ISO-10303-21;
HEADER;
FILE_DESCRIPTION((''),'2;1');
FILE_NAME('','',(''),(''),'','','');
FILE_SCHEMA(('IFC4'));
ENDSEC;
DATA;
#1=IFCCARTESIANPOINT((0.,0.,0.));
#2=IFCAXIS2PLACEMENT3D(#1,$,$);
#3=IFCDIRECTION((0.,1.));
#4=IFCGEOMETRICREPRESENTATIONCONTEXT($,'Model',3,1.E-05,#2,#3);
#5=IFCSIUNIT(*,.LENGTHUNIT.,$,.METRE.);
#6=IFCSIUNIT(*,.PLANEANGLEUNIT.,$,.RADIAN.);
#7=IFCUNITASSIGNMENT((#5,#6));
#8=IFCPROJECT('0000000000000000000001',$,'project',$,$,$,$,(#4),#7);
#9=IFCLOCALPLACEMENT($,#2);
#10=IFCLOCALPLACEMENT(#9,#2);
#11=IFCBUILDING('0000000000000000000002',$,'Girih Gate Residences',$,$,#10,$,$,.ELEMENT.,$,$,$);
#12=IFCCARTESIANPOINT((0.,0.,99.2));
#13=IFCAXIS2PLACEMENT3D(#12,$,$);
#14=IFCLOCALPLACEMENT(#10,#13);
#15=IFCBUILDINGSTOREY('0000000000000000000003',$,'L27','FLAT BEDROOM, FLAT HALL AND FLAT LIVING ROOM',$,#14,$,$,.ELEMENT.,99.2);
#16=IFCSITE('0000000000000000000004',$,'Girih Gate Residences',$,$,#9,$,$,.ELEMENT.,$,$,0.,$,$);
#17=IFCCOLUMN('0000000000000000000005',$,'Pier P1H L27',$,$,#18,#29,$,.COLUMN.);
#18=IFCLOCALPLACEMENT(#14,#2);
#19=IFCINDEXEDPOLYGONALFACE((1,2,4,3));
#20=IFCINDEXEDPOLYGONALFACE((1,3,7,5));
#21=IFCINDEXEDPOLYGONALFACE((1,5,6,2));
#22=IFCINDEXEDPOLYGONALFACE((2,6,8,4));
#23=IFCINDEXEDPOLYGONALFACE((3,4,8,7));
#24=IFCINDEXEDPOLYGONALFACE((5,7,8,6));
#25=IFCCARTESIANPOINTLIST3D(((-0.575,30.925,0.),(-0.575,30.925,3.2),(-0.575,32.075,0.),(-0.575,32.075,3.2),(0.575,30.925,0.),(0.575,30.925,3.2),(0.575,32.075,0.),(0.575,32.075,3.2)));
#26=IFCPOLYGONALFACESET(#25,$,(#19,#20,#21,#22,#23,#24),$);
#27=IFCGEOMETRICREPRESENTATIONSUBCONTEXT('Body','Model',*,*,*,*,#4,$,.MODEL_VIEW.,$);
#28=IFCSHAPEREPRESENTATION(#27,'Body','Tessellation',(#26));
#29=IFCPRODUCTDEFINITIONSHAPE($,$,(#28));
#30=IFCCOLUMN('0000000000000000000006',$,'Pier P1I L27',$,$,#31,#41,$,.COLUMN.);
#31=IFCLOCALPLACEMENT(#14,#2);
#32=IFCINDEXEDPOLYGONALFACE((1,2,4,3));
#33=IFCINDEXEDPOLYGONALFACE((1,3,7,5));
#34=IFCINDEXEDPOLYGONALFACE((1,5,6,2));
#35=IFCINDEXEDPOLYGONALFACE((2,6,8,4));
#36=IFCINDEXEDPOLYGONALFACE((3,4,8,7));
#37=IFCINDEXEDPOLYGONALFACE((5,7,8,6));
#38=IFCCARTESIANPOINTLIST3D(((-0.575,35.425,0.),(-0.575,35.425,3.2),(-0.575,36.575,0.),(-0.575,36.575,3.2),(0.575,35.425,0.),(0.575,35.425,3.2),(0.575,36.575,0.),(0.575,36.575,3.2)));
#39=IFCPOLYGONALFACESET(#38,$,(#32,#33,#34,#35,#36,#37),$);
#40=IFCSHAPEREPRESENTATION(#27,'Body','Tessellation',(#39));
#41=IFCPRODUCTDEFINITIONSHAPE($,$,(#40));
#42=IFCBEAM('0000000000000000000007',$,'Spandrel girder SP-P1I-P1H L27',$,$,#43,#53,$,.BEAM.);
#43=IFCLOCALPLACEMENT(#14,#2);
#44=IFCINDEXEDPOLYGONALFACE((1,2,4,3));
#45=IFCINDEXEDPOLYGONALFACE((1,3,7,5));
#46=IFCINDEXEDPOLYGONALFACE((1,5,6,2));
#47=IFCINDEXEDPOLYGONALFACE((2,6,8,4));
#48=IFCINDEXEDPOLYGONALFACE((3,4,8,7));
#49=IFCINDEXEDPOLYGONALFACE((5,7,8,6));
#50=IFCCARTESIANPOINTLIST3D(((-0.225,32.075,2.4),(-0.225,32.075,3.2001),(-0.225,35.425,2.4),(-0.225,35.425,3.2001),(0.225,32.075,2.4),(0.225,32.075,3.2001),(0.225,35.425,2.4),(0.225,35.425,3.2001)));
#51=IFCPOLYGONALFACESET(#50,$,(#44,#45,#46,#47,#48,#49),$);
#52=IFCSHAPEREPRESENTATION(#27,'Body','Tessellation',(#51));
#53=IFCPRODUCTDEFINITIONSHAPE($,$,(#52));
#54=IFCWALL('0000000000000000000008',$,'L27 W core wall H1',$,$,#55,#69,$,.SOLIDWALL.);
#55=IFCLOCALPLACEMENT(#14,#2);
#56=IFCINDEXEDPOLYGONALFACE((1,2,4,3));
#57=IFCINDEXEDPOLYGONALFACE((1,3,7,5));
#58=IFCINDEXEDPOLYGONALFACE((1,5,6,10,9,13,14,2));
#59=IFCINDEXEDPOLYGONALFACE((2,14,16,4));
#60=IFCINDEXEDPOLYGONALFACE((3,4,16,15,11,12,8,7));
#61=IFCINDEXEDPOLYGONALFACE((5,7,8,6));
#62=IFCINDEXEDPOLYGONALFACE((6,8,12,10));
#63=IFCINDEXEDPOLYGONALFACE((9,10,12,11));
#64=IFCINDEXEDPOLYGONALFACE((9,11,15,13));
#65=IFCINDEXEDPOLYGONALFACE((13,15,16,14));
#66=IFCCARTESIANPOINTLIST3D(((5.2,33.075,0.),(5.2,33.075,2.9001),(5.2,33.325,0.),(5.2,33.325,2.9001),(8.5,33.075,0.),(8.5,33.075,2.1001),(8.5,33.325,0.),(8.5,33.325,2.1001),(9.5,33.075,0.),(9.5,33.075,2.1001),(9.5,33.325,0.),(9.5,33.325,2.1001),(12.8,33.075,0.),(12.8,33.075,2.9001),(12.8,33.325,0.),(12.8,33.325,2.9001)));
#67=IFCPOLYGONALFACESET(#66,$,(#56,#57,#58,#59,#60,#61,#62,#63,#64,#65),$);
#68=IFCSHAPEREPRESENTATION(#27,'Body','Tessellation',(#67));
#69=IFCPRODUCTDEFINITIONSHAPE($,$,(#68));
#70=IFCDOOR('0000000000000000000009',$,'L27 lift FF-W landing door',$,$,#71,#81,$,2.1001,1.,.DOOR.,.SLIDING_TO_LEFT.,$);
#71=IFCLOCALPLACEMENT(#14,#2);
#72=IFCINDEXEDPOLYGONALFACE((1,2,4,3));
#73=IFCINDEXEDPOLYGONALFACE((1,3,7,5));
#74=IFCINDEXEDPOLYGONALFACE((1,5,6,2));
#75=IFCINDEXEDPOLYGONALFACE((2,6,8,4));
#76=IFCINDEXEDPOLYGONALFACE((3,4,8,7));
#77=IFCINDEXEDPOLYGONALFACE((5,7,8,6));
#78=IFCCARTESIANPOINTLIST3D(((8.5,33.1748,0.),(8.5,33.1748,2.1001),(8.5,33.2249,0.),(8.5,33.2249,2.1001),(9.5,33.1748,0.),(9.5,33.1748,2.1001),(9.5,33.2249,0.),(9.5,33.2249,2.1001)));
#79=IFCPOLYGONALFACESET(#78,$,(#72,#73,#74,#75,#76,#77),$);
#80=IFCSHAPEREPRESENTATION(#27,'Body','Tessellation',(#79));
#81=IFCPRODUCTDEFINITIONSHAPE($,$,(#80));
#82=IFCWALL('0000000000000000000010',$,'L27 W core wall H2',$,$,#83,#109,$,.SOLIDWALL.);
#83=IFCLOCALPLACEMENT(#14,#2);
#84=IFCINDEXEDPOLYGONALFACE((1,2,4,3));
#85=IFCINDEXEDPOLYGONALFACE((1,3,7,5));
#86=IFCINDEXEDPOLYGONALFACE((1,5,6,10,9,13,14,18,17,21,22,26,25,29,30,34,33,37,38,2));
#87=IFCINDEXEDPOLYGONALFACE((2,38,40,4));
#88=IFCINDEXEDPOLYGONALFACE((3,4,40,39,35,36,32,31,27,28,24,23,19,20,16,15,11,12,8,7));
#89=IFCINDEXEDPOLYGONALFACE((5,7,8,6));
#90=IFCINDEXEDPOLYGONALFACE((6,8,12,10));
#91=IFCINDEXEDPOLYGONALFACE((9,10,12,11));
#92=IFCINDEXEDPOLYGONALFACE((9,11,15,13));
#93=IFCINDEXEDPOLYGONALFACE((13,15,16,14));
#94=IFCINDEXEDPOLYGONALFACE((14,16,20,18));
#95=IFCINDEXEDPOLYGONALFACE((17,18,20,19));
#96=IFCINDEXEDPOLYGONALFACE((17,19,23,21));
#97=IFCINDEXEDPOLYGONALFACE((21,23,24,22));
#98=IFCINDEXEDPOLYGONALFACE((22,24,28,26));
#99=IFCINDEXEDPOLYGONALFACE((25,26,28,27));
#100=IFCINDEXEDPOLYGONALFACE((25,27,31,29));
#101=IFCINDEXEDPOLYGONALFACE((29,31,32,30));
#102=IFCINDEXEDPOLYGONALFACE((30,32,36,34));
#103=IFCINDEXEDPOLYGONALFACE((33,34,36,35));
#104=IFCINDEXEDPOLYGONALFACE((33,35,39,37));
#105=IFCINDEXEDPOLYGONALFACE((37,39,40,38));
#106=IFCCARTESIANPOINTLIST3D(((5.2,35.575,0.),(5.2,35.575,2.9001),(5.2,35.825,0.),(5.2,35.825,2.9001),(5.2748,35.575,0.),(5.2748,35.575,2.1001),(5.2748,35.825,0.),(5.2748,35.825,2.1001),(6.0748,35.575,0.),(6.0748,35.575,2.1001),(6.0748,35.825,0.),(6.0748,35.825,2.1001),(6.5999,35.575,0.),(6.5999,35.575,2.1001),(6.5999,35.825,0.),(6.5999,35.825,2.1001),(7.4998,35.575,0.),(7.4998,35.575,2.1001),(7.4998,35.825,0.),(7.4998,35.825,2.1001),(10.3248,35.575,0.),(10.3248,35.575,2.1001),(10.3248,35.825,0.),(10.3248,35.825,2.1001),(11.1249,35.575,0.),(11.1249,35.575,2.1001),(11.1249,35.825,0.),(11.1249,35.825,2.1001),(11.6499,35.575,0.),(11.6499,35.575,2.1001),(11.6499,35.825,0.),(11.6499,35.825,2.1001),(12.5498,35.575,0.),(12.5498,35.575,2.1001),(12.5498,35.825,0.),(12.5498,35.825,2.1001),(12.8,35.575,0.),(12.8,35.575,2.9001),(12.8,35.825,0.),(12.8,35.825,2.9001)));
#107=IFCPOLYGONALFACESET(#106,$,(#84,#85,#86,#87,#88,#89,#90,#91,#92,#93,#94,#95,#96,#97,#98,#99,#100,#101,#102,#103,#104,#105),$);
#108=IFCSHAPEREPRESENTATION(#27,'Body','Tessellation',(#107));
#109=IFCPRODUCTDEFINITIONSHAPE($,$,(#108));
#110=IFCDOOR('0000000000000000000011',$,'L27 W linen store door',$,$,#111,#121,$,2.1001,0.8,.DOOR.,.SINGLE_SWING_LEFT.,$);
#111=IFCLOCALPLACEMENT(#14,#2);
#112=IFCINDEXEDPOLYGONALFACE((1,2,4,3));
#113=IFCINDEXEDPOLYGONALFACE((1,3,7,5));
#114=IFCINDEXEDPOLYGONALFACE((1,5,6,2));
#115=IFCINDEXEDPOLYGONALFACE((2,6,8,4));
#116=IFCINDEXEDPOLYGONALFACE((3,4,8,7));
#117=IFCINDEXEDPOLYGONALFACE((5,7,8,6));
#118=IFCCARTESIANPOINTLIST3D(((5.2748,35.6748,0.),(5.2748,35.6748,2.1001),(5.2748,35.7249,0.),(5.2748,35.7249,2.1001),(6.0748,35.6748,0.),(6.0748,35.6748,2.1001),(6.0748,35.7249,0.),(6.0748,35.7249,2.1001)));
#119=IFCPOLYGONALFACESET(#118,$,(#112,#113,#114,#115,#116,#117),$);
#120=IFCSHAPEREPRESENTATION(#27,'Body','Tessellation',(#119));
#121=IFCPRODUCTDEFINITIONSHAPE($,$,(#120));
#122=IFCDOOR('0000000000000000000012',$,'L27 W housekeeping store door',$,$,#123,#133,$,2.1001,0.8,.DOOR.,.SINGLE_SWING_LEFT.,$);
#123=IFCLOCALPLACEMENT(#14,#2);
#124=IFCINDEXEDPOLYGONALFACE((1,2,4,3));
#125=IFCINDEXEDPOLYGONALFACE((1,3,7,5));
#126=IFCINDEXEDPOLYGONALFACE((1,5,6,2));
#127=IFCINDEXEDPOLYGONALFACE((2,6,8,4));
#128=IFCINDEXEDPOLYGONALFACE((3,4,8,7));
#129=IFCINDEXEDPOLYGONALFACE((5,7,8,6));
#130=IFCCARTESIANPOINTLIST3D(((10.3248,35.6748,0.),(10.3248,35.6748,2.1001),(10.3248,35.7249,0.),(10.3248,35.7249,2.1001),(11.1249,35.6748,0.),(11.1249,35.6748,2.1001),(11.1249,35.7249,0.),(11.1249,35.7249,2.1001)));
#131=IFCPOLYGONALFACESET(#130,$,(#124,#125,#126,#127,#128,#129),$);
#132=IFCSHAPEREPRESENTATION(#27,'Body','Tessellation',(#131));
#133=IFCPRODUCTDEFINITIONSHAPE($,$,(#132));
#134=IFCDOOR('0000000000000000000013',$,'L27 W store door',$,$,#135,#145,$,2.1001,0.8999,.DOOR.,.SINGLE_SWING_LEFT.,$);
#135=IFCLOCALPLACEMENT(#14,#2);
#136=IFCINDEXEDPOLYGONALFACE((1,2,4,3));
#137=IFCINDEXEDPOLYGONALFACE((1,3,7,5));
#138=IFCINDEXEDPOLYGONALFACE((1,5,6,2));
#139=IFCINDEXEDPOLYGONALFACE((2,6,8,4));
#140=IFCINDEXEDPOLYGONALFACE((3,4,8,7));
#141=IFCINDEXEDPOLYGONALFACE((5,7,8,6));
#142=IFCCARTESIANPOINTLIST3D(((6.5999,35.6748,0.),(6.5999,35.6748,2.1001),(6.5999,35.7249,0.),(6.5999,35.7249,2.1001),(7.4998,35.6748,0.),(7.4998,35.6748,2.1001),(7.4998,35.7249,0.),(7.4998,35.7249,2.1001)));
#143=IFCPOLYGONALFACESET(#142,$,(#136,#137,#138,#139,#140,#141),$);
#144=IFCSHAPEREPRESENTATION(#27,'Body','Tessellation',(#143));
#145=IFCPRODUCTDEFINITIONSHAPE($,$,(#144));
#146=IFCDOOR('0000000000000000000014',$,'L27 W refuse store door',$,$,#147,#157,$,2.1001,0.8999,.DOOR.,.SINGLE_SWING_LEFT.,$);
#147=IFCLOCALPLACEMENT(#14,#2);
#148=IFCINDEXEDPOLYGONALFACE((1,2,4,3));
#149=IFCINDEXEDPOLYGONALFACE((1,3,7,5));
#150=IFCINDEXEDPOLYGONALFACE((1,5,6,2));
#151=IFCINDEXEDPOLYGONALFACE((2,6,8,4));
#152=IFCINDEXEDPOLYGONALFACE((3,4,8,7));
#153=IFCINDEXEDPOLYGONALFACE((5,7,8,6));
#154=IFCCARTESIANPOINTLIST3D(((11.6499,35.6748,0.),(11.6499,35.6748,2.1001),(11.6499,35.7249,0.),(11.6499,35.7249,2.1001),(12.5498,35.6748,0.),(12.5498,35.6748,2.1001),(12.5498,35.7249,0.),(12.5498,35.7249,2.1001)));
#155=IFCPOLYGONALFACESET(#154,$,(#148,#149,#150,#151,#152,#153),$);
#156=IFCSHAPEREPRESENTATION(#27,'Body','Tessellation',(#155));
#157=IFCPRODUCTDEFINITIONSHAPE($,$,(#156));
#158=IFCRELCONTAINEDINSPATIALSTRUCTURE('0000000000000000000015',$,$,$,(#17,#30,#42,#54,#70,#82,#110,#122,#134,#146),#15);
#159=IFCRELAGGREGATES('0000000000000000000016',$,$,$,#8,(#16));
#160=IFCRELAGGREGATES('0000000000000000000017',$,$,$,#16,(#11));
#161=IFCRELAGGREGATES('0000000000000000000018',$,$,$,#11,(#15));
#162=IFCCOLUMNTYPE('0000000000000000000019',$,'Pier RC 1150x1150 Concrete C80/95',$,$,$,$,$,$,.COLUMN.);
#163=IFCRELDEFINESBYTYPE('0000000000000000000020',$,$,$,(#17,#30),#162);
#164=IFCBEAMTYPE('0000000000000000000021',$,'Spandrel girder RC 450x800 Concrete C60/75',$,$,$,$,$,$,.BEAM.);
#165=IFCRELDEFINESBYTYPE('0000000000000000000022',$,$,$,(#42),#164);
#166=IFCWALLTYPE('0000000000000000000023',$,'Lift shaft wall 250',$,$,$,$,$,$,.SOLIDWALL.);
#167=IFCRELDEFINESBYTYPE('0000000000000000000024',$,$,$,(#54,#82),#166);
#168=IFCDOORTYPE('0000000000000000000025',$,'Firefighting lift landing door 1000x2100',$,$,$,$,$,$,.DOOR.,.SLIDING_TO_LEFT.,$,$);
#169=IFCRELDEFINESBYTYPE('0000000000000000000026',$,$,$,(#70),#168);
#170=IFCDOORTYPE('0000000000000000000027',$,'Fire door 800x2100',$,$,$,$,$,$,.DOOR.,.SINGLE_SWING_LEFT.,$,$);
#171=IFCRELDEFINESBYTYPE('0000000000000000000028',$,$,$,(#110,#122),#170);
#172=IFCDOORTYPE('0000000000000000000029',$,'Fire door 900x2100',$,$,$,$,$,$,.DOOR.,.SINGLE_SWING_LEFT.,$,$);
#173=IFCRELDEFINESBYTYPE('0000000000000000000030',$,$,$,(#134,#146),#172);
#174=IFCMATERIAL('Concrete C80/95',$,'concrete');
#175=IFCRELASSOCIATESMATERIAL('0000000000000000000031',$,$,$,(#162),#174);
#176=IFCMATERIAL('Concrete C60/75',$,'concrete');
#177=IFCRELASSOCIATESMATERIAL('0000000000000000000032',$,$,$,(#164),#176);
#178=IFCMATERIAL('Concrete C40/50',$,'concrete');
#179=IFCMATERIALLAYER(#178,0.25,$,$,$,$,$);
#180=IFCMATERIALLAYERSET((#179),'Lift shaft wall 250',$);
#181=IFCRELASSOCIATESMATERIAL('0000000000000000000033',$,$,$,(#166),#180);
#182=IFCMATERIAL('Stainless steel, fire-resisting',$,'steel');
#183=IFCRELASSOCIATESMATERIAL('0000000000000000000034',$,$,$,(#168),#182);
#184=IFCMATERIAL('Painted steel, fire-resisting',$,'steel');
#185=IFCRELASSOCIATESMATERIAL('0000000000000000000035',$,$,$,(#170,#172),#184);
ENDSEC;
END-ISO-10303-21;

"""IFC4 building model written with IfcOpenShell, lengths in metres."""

from ifc_helpers import new_model, si_unit, direction, frame, frame_2d, origin, origin_2d, place, context, subcontext, project, spatial, rectangle, extrude, material, layer, layer_set, material_profile, profile_set, type_object, element, fill, save


model = new_model("IFC4")

# Units and contexts
model_context = context("Model", 3, precision=1e-05, world=origin(), true_north=direction((0.0, 1.0)))
body_context = subcontext(model_context, "Body", "Model", "MODEL_VIEW")
ifc_project = project(units=[si_unit("LENGTHUNIT", "METRE"), si_unit("PLANEANGLEUNIT", "RADIAN")], contexts=[model_context])

# Site, building, storey
site_placement = place(None, origin())
site = spatial("IfcSite", under=ifc_project, at=site_placement, Name="Girih Gate Residences", CompositionType="ELEMENT", RefElevation=0.0)
building_placement = place(site_placement, origin())
building = spatial("IfcBuilding", under=site, at=building_placement, Name="Girih Gate Residences", CompositionType="ELEMENT")
storey_placement = place(building_placement, frame((0.0, 0.0, 99.2)))
storey = spatial("IfcBuildingStorey", under=building, at=storey_placement, Name="L27", Description="FLAT BEDROOM, FLAT HALL AND FLAT LIVING ROOM", CompositionType="ELEMENT", Elevation=99.2)

# Columns
ifc_material_1 = material(Name="Concrete C80/95", Category="concrete")
ifc_material_profile_1 = material_profile(ifc_material_1, rectangle(XDim=1.1499, YDim=1.1499, at=origin_2d()))
ifc_profile_set_1 = profile_set([ifc_material_profile_1], Name="Concrete C80/95")
column_type = type_object("IfcColumnType", Name="Pier RC 1150x1150 Concrete C80/95", PredefinedType="COLUMN", material=ifc_profile_set_1)
for number, where, z_axis, x_axis, name in (
    (1, (0.0, 31.5, 0.0), (0.0, 0.0, 1.0), (1.0, 0.0, 0.0), "Pier P1H L27"),
    (2, (0.0, 36.0, 0.0), (0.0, 0.0, 1.0), (1.0, 0.0, 0.0), "Pier P1I L27"),
):
    element("IfcColumn", number, at=place(storey_placement, frame(where, z_axis=z_axis, x_axis=x_axis)), inside=storey, type_object=column_type, Name=name, PredefinedType="COLUMN", context=body_context, shape_type="SweptSolid", body=[
        extrude(rectangle(XDim=1.1499, YDim=1.1499, at=origin_2d()), origin(), (0.0, 0.0, 1.0), 3.2),
    ])

# Beam
ifc_material_2 = material(Name="Concrete C60/75", Category="concrete")
ifc_material_profile_2 = material_profile(ifc_material_2, rectangle(XDim=0.45, YDim=0.8, at=origin_2d()))
ifc_profile_set_2 = profile_set([ifc_material_profile_2], Name="Concrete C60/75")
beam_type = type_object("IfcBeamType", Name="Spandrel girder RC 450x800 Concrete C60/75", PredefinedType="BEAM", material=ifc_profile_set_2)
beam_placement = place(storey_placement, frame((0.0, 35.425, 2.8), z_axis=(0.0, -1.0, 0.0), x_axis=(1.0, 0.0, 0.0)))
element("IfcBeam", 3, at=beam_placement, inside=storey, type_object=beam_type, Name="Spandrel girder SP-P1I-P1H L27", PredefinedType="BEAM", context=body_context, shape_type="SweptSolid", body=[
    extrude(rectangle(XDim=0.45, YDim=0.8, at=origin_2d()), origin(), (0.0, 0.0, 1.0), 3.3501),
])

# Wall, opening, door
ifc_material_3 = material(Name="Concrete C40/50", Category="concrete")
ifc_layer_1 = layer(ifc_material_3, 0.25)
ifc_layer_set_1 = layer_set([ifc_layer_1], Name="Lift shaft wall 250")
wall_type_1 = type_object("IfcWallType", Name="Lift shaft wall 250", PredefinedType="SOLIDWALL", material=ifc_layer_set_1)
wall_1_placement = place(storey_placement, frame((5.2, 33.2, 0.0), z_axis=(0.0, 0.0, 1.0), x_axis=(1.0, 0.0, 0.0)))
wall_1 = element("IfcWall", 4, at=wall_1_placement, inside=storey, type_object=wall_type_1, Name="L27 W core wall H1", PredefinedType="SOLIDWALL", context=body_context, shape_type="SweptSolid", body=[
    extrude(rectangle(XDim=7.6001, YDim=0.25, at=frame_2d((3.8, 0.0))), origin(), (0.0, 0.0, 1.0), 2.9001),
])
opening_1_placement = place(wall_1_placement, frame((3.3, 0.0, 0.0)))
opening_1 = element("IfcOpeningElement", 5, at=opening_1_placement, cuts=wall_1, PredefinedType="OPENING", context=body_context, shape_type="SweptSolid", body=[
    extrude(rectangle(XDim=1.0, YDim=2.1001, at=frame_2d((0.5, 1.05))), frame((0.0, 0.135, 0.0), z_axis=(0.0, -1.0, 0.0), x_axis=(1.0, 0.0, 0.0)), (0.0, 0.0, 1.0), 0.27),
])
ifc_material_4 = material(Name="Stainless steel, fire-resisting", Category="steel")
door_type_1 = type_object("IfcDoorType", Name="Firefighting lift landing door 1000x2100", OperationType="SLIDING_TO_LEFT", PredefinedType="DOOR", material=ifc_material_4)
door_1_placement = place(opening_1_placement, origin())
door_1 = element("IfcDoor", 6, at=door_1_placement, inside=storey, type_object=door_type_1, Name="L27 lift FF-W landing door", OperationType="SLIDING_TO_LEFT", OverallHeight=2.1001, OverallWidth=1.0, PredefinedType="DOOR", context=body_context, shape_type="SweptSolid", body=[
    extrude(rectangle(XDim=1.0, YDim=2.1001, at=frame_2d((0.5, 1.05))), frame((0.0, 0.0249, 0.0), z_axis=(0.0, -1.0, 0.0), x_axis=(1.0, 0.0, 0.0)), (0.0, 0.0, 1.0), 0.05),
])
fill(opening_1, door_1)

# Wall, openings, doors
wall_2_placement = place(storey_placement, frame((5.2, 35.7, 0.0), z_axis=(0.0, 0.0, 1.0), x_axis=(1.0, 0.0, 0.0)))
wall_2 = element("IfcWall", 7, at=wall_2_placement, inside=storey, type_object=wall_type_1, Name="L27 W core wall H2", PredefinedType="SOLIDWALL", context=body_context, shape_type="SweptSolid", body=[
    extrude(rectangle(XDim=7.6001, YDim=0.25, at=frame_2d((3.8, 0.0))), origin(), (0.0, 0.0, 1.0), 2.9001),
])
opening_2_placement = place(wall_2_placement, frame((0.075, 0.0, 0.0)))
opening_2 = element("IfcOpeningElement", 8, at=opening_2_placement, cuts=wall_2, PredefinedType="OPENING", context=body_context, shape_type="SweptSolid", body=[
    extrude(rectangle(XDim=0.8, YDim=2.1001, at=frame_2d((0.3999, 1.05))), frame((0.0, 0.135, 0.0), z_axis=(0.0, -1.0, 0.0), x_axis=(1.0, 0.0, 0.0)), (0.0, 0.0, 1.0), 0.27),
])
opening_3_placement = place(wall_2_placement, frame((1.3999, 0.0, 0.0)))
opening_3 = element("IfcOpeningElement", 9, at=opening_3_placement, cuts=wall_2, PredefinedType="OPENING", context=body_context, shape_type="SweptSolid", body=[
    extrude(rectangle(XDim=0.8999, YDim=2.1001, at=frame_2d((0.45, 1.05))), frame((0.0, 0.135, 0.0), z_axis=(0.0, -1.0, 0.0), x_axis=(1.0, 0.0, 0.0)), (0.0, 0.0, 1.0), 0.27),
])
opening_4_placement = place(wall_2_placement, frame((5.125, 0.0, 0.0)))
opening_4 = element("IfcOpeningElement", 10, at=opening_4_placement, cuts=wall_2, PredefinedType="OPENING", context=body_context, shape_type="SweptSolid", body=[
    extrude(rectangle(XDim=0.8, YDim=2.1001, at=frame_2d((0.3999, 1.05))), frame((0.0, 0.135, 0.0), z_axis=(0.0, -1.0, 0.0), x_axis=(1.0, 0.0, 0.0)), (0.0, 0.0, 1.0), 0.27),
])
opening_5_placement = place(wall_2_placement, frame((6.45, 0.0, 0.0)))
opening_5 = element("IfcOpeningElement", 11, at=opening_5_placement, cuts=wall_2, PredefinedType="OPENING", context=body_context, shape_type="SweptSolid", body=[
    extrude(rectangle(XDim=0.8999, YDim=2.1001, at=frame_2d((0.45, 1.05))), frame((0.0, 0.135, 0.0), z_axis=(0.0, -1.0, 0.0), x_axis=(1.0, 0.0, 0.0)), (0.0, 0.0, 1.0), 0.27),
])
ifc_material_5 = material(Name="Painted steel, fire-resisting", Category="steel")
door_type_2 = type_object("IfcDoorType", Name="Fire door 800x2100", OperationType="SINGLE_SWING_LEFT", PredefinedType="DOOR", material=ifc_material_5)
door_2_placement = place(opening_2_placement, origin())
door_2 = element("IfcDoor", 12, at=door_2_placement, inside=storey, type_object=door_type_2, Name="L27 W linen store door", OperationType="SINGLE_SWING_LEFT", OverallHeight=2.1001, OverallWidth=0.8, PredefinedType="DOOR", context=body_context, shape_type="SweptSolid", body=[
    extrude(rectangle(XDim=0.8, YDim=2.1001, at=frame_2d((0.3999, 1.05))), frame((0.0, 0.0249, 0.0), z_axis=(0.0, -1.0, 0.0), x_axis=(1.0, 0.0, 0.0)), (0.0, 0.0, 1.0), 0.05),
])
fill(opening_2, door_2)
door_3_placement = place(opening_4_placement, origin())
door_3 = element("IfcDoor", 13, at=door_3_placement, inside=storey, type_object=door_type_2, Name="L27 W housekeeping store door", OperationType="SINGLE_SWING_LEFT", OverallHeight=2.1001, OverallWidth=0.8, PredefinedType="DOOR", context=body_context, shape_type="SweptSolid", body=[
    extrude(rectangle(XDim=0.8, YDim=2.1001, at=frame_2d((0.3999, 1.05))), frame((0.0, 0.0249, 0.0), z_axis=(0.0, -1.0, 0.0), x_axis=(1.0, 0.0, 0.0)), (0.0, 0.0, 1.0), 0.05),
])
fill(opening_4, door_3)
door_type_3 = type_object("IfcDoorType", Name="Fire door 900x2100", OperationType="SINGLE_SWING_LEFT", PredefinedType="DOOR", material=ifc_material_5)
door_4_placement = place(opening_3_placement, origin())
door_4 = element("IfcDoor", 14, at=door_4_placement, inside=storey, type_object=door_type_3, Name="L27 W store door", OperationType="SINGLE_SWING_LEFT", OverallHeight=2.1001, OverallWidth=0.8999, PredefinedType="DOOR", context=body_context, shape_type="SweptSolid", body=[
    extrude(rectangle(XDim=0.8999, YDim=2.1001, at=frame_2d((0.45, 1.05))), frame((0.0, 0.0249, 0.0), z_axis=(0.0, -1.0, 0.0), x_axis=(1.0, 0.0, 0.0)), (0.0, 0.0, 1.0), 0.05),
])
fill(opening_3, door_4)
door_5_placement = place(opening_5_placement, origin())
door_5 = element("IfcDoor", 15, at=door_5_placement, inside=storey, type_object=door_type_3, Name="L27 W refuse store door", OperationType="SINGLE_SWING_LEFT", OverallHeight=2.1001, OverallWidth=0.8999, PredefinedType="DOOR", context=body_context, shape_type="SweptSolid", body=[
    extrude(rectangle(XDim=0.8999, YDim=2.1001, at=frame_2d((0.45, 1.05))), frame((0.0, 0.0249, 0.0), z_axis=(0.0, -1.0, 0.0), x_axis=(1.0, 0.0, 0.0)), (0.0, 0.0, 1.0), 0.05),
])
fill(opening_5, door_5)

save(model, "model.ifc")
